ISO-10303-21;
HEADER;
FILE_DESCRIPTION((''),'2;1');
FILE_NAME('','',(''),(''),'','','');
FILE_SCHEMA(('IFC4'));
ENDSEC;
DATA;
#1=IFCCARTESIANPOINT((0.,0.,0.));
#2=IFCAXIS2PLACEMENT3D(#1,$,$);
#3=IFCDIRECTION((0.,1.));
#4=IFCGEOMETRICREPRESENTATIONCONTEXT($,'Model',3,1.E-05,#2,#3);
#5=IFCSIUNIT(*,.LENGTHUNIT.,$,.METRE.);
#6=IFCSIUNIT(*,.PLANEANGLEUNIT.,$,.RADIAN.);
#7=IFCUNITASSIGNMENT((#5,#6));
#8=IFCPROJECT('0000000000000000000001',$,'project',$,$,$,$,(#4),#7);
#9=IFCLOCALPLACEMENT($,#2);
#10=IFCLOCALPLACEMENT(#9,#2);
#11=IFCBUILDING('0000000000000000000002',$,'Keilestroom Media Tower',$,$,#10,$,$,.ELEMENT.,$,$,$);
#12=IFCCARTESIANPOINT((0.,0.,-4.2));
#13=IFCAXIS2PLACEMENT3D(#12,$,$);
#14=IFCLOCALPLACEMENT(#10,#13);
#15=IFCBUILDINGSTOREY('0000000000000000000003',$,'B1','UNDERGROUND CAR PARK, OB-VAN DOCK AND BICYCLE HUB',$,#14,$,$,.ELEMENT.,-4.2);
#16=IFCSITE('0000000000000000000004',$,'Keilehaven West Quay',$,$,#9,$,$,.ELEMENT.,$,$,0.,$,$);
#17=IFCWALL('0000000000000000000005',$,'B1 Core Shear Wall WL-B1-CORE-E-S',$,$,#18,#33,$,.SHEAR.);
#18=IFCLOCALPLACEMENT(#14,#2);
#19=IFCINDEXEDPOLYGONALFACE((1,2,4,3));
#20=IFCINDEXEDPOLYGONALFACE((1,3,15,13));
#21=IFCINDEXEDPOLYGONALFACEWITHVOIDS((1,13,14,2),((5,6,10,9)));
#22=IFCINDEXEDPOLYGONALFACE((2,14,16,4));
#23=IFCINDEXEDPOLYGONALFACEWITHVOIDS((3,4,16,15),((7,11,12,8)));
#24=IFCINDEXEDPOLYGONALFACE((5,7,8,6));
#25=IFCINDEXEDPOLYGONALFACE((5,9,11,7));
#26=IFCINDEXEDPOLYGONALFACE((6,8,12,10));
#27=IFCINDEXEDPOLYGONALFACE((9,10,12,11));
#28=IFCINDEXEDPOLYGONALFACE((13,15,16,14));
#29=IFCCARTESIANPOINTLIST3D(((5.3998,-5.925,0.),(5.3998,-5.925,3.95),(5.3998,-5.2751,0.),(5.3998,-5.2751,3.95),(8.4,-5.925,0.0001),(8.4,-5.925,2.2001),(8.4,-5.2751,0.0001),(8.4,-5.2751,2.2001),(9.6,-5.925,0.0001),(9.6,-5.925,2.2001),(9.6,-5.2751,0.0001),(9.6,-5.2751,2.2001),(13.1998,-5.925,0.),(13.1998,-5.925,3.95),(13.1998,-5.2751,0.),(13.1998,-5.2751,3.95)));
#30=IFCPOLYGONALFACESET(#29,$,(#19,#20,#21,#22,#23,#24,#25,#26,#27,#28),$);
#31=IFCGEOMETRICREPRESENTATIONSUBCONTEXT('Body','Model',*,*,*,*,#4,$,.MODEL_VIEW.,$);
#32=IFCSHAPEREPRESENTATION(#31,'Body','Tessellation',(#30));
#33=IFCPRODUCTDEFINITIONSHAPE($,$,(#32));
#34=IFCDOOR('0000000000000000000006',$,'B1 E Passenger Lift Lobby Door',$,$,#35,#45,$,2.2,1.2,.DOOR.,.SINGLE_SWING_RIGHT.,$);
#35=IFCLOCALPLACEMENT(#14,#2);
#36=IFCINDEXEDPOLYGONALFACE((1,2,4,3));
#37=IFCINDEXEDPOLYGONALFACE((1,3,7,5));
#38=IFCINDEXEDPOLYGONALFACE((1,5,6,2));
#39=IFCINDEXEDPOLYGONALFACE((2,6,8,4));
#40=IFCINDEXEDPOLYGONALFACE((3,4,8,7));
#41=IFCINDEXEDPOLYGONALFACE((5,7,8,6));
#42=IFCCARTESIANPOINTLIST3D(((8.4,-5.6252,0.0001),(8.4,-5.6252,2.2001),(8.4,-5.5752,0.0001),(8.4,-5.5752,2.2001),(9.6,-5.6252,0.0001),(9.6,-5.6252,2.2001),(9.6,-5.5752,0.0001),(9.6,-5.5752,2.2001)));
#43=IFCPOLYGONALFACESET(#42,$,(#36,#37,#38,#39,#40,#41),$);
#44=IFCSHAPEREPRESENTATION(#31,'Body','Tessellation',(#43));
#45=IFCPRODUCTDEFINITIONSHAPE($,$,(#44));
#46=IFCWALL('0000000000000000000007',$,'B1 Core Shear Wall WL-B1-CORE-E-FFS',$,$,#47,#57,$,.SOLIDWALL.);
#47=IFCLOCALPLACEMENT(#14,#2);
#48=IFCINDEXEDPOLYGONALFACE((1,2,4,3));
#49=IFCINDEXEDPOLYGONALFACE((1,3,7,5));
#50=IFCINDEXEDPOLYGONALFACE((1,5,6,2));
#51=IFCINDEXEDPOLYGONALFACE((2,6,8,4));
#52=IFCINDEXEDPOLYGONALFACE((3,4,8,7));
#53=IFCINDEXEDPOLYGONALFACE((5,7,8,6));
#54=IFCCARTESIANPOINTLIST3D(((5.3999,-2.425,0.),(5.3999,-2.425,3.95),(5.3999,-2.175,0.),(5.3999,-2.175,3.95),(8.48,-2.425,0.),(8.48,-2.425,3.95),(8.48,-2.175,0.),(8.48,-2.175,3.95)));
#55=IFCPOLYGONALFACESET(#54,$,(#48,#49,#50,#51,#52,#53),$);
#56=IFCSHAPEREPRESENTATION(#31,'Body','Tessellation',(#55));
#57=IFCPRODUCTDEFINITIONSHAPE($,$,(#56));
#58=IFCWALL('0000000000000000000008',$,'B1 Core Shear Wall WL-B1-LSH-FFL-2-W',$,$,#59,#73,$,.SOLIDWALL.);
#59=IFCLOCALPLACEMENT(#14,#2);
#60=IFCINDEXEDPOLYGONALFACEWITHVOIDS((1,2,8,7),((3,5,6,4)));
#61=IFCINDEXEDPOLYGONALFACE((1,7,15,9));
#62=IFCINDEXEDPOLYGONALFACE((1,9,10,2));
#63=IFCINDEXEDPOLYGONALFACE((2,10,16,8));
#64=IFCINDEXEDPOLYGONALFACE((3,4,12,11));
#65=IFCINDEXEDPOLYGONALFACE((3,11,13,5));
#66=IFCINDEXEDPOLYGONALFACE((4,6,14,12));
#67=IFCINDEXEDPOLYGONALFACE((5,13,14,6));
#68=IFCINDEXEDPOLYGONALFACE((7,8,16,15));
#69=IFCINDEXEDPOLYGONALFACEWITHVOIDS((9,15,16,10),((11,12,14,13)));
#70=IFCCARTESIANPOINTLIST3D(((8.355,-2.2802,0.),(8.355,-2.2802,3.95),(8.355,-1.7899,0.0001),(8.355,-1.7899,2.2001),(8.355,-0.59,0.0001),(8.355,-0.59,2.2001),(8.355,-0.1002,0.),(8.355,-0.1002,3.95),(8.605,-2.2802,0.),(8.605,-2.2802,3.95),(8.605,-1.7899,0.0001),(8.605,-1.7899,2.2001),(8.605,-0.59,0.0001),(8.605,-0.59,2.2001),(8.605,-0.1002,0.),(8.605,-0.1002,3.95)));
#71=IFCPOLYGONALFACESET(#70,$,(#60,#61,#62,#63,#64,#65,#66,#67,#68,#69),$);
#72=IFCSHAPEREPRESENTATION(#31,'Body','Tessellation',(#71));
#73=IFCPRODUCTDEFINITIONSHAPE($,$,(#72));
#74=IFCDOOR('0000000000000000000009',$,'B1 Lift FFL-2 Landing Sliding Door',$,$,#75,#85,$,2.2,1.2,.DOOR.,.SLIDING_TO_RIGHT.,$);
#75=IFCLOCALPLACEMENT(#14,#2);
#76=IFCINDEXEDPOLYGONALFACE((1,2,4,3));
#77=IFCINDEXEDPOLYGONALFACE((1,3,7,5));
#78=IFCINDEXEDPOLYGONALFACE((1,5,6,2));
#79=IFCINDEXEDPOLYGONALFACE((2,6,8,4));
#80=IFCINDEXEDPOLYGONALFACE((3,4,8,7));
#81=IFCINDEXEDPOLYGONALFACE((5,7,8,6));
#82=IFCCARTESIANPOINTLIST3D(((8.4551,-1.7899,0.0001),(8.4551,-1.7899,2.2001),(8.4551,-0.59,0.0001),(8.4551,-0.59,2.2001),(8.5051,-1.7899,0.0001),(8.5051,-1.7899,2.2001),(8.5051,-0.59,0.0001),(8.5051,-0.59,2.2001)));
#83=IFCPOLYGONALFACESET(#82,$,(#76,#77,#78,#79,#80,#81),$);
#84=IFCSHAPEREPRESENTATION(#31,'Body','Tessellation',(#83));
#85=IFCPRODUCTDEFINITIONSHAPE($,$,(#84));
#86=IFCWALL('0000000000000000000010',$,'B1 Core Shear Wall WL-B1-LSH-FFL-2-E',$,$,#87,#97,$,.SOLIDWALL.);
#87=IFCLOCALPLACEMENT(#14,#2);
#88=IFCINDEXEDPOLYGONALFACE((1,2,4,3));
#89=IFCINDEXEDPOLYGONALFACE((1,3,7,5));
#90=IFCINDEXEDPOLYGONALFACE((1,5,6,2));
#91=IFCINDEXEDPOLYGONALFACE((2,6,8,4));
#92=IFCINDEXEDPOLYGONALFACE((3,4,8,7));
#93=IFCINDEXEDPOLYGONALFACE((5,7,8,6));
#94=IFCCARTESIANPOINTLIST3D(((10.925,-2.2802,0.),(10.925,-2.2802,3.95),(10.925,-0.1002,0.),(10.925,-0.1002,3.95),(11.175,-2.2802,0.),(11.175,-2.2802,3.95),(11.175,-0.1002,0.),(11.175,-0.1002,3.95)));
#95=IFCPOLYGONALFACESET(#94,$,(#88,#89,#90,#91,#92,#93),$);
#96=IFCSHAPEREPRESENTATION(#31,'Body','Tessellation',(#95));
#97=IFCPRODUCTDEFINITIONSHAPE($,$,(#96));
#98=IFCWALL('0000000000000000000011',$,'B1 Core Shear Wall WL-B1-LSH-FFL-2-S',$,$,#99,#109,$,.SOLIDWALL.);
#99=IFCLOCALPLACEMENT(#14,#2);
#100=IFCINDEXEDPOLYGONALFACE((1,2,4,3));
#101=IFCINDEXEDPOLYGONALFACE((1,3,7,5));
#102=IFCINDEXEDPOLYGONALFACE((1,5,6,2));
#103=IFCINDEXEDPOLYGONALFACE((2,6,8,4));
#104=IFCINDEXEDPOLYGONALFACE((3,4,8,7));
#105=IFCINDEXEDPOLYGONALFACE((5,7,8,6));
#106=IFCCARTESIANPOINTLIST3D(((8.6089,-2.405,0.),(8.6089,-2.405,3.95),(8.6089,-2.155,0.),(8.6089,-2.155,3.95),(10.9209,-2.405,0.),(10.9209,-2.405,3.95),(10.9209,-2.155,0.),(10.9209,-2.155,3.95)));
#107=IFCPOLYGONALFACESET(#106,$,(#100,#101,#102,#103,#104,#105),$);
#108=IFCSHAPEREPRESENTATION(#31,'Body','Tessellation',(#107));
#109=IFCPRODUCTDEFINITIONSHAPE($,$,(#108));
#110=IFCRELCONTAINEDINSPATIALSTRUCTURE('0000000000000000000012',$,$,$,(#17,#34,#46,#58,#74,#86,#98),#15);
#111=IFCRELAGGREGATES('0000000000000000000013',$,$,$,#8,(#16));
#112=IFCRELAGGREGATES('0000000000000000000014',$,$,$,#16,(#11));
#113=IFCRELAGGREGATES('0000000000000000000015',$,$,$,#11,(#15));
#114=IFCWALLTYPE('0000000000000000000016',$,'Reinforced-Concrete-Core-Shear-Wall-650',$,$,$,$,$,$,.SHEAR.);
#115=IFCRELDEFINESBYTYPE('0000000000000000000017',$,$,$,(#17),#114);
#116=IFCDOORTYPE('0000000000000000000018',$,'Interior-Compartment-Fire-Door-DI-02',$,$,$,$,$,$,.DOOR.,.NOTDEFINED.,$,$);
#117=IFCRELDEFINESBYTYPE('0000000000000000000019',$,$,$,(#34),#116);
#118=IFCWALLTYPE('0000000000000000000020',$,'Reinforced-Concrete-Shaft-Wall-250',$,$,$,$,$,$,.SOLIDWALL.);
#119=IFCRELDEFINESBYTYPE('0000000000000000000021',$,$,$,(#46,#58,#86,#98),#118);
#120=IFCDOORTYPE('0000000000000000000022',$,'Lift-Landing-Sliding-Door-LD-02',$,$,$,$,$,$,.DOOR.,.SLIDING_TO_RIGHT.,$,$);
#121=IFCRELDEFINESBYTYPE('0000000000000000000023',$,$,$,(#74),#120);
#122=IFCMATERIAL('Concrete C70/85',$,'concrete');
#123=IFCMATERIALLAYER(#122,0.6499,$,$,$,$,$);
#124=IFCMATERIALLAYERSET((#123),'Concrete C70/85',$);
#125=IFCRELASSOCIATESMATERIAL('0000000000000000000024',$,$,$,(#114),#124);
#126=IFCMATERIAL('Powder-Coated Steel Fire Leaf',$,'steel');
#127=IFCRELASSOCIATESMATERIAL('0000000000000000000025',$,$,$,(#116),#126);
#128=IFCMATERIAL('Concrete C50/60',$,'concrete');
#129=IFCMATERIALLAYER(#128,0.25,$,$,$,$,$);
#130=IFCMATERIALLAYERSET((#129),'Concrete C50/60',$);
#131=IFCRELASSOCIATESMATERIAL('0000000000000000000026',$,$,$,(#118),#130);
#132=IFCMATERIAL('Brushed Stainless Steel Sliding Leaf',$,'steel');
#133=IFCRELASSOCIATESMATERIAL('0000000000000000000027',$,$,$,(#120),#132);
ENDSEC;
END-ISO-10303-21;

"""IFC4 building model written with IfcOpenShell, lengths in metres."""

from ifc_helpers import new_model, si_unit, direction, frame, frame_2d, origin, place, context, subcontext, project, spatial, rectangle, extrude, source, transform, mapped, material, layer, layer_set, type_object, element, fill, save


model = new_model("IFC4")

# Units and contexts
model_context = context("Model", 3, precision=1e-05, world=origin(), true_north=direction((0.0, 1.0)))
body_context = subcontext(model_context, "Body", "Model", "MODEL_VIEW")
ifc_project = project(units=[si_unit("LENGTHUNIT", "METRE"), si_unit("PLANEANGLEUNIT", "RADIAN")], contexts=[model_context])

# Site, building, storey
site_placement = place(None, origin())
site = spatial("IfcSite", under=ifc_project, at=site_placement, Name="Keilehaven West Quay", CompositionType="ELEMENT", RefElevation=0.0)
building_placement = place(site_placement, origin())
building = spatial("IfcBuilding", under=site, at=building_placement, Name="Keilestroom Media Tower", CompositionType="ELEMENT")
storey_placement = place(building_placement, frame((0.0, 0.0, -4.2)))
storey = spatial("IfcBuildingStorey", under=building, at=storey_placement, Name="B1", Description="UNDERGROUND CAR PARK, OB-VAN DOCK AND BICYCLE HUB", CompositionType="ELEMENT", Elevation=-4.2)

# Shared definitions
ifc_material_1 = material(Name="Concrete C70/85", Category="concrete")

# Shared definitions
ifc_layer_1 = layer(ifc_material_1, 0.6499)
ifc_layer_set_1 = layer_set([ifc_layer_1], Name="Concrete C70/85")
wall_type_1 = type_object("IfcWallType", Name="Reinforced-Concrete-Core-Shear-Wall-650", PredefinedType="SHEAR", material=ifc_layer_set_1)

# Wall, opening, door
ifc_material_2 = material(Name="Powder-Coated Steel Fire Leaf", Category="steel")
door_type_1 = type_object("IfcDoorType", Name="Interior-Compartment-Fire-Door-DI-02", OperationType="NOTDEFINED", PredefinedType="DOOR", material=ifc_material_2)
shared_shape_1 = source(origin(), body_context, "Body", "SweptSolid", [
    extrude(rectangle(XDim=1.2, YDim=2.2, at=frame_2d((0.6001, 1.1001))), frame((0.0, 0.0249, 0.0), z_axis=(0.0, -1.0, 0.0), x_axis=(1.0, 0.0, 0.0)), (0.0, 0.0, 1.0), 0.05),
])
wall_1_placement = place(storey_placement, frame((5.3999, -5.6001, 0.0), z_axis=(0.0, 0.0, 1.0), x_axis=(1.0, 0.0, 0.0)))
wall_1 = element("IfcWall", 1, at=wall_1_placement, inside=storey, type_object=wall_type_1, Name="B1 Core Shear Wall WL-B1-CORE-E-S", PredefinedType="SHEAR", context=body_context, shape_type="SweptSolid", body=[
    extrude(rectangle(XDim=7.8, YDim=0.6499, at=frame_2d((3.8999, 0.0))), origin(), (0.0, 0.0, 1.0), 3.95),
])
opening_1_placement = place(wall_1_placement, frame((3.0, 0.0, 0.0)))
opening_1 = element("IfcOpeningElement", 2, at=opening_1_placement, cuts=wall_1, PredefinedType="OPENING", context=body_context, shape_type="SweptSolid", body=[
    extrude(rectangle(XDim=1.2, YDim=2.2, at=frame_2d((0.6001, 1.1001))), frame((0.0, 0.335, 0.0), z_axis=(0.0, -1.0, 0.0), x_axis=(1.0, 0.0, 0.0)), (0.0, 0.0, 1.0), 0.6699),
])
door_1_placement = place(opening_1_placement, origin())
door_1 = element("IfcDoor", 3, at=door_1_placement, inside=storey, type_object=door_type_1, Name="B1 E Passenger Lift Lobby Door", OperationType="SINGLE_SWING_RIGHT", OverallHeight=2.2, OverallWidth=1.2, PredefinedType="DOOR", context=body_context, shape_type="MappedRepresentation", body=[
    mapped(shared_shape_1, transform((0.0, 0.0, 0.0), x_axis=(1.0, 0.0, 0.0), y_axis=(0.0, 1.0, 0.0), z_axis=(0.0, 0.0, 1.0), scale=1.0)),
])
fill(opening_1, door_1)

# Wall
ifc_material_3 = material(Name="Concrete C50/60", Category="concrete")
ifc_layer_2 = layer(ifc_material_3, 0.25)
ifc_layer_set_2 = layer_set([ifc_layer_2], Name="Concrete C50/60")
wall_type_2 = type_object("IfcWallType", Name="Reinforced-Concrete-Shaft-Wall-250", PredefinedType="SOLIDWALL", material=ifc_layer_set_2)
wall_2_placement = place(storey_placement, frame((5.3999, -2.3, 0.0), z_axis=(0.0, 0.0, 1.0), x_axis=(1.0, 0.0, 0.0)))
element("IfcWall", 4, at=wall_2_placement, inside=storey, type_object=wall_type_2, Name="B1 Core Shear Wall WL-B1-CORE-E-FFS", PredefinedType="SOLIDWALL", context=body_context, shape_type="SweptSolid", body=[
    extrude(rectangle(XDim=3.0801, YDim=0.25, at=frame_2d((1.54, 0.0))), origin(), (0.0, 0.0, 1.0), 3.95),
])

# Wall, opening, door
wall_3_placement = place(storey_placement, frame((8.48, -2.28, 0.0), z_axis=(0.0, 0.0, 1.0), x_axis=(0.0, 1.0, 0.0)))
wall_3 = element("IfcWall", 5, at=wall_3_placement, inside=storey, type_object=wall_type_2, Name="B1 Core Shear Wall WL-B1-LSH-FFL-2-W", PredefinedType="SOLIDWALL", context=body_context, shape_type="SweptSolid", body=[
    extrude(rectangle(XDim=2.1799, YDim=0.25, at=frame_2d((1.0898, 0.0))), origin(), (0.0, 0.0, 1.0), 3.95),
])
opening_2_placement = place(wall_3_placement, frame((0.49, 0.0, 0.0)))
opening_2 = element("IfcOpeningElement", 6, at=opening_2_placement, cuts=wall_3, PredefinedType="OPENING", context=body_context, shape_type="SweptSolid", body=[
    extrude(rectangle(XDim=1.2, YDim=2.2, at=frame_2d((0.6001, 1.1001))), frame((0.0, 0.135, 0.0), z_axis=(0.0, -1.0, 0.0), x_axis=(1.0, 0.0, 0.0)), (0.0, 0.0, 1.0), 0.27),
])
ifc_material_4 = material(Name="Brushed Stainless Steel Sliding Leaf", Category="steel")
door_type_2 = type_object("IfcDoorType", Name="Lift-Landing-Sliding-Door-LD-02", OperationType="SLIDING_TO_RIGHT", PredefinedType="DOOR", material=ifc_material_4)
door_2_placement = place(opening_2_placement, origin())
door_2 = element("IfcDoor", 7, at=door_2_placement, inside=storey, type_object=door_type_2, Name="B1 Lift FFL-2 Landing Sliding Door", OperationType="SLIDING_TO_RIGHT", OverallHeight=2.2, OverallWidth=1.2, PredefinedType="DOOR", context=body_context, shape_type="MappedRepresentation", body=[
    mapped(shared_shape_1, transform((0.0, 0.0, 0.0), x_axis=(1.0, 0.0, 0.0), y_axis=(0.0, 1.0, 0.0), z_axis=(0.0, 0.0, 1.0), scale=1.0)),
])
fill(opening_2, door_2)

# Walls
wall_4_placement = place(storey_placement, frame((11.05, -2.28, 0.0), z_axis=(0.0, 0.0, 1.0), x_axis=(0.0, 1.0, 0.0)))
element("IfcWall", 8, at=wall_4_placement, inside=storey, type_object=wall_type_2, Name="B1 Core Shear Wall WL-B1-LSH-FFL-2-E", PredefinedType="SOLIDWALL", context=body_context, shape_type="SweptSolid", body=[
    extrude(rectangle(XDim=2.1799, YDim=0.25, at=frame_2d((1.0898, 0.0))), origin(), (0.0, 0.0, 1.0), 3.95),
])
wall_5_placement = place(storey_placement, frame((8.6089, -2.28, 0.0), z_axis=(0.0, 0.0, 1.0), x_axis=(1.0, 0.0, 0.0)))
element("IfcWall", 9, at=wall_5_placement, inside=storey, type_object=wall_type_2, Name="B1 Core Shear Wall WL-B1-LSH-FFL-2-S", PredefinedType="SOLIDWALL", context=body_context, shape_type="SweptSolid", body=[
    extrude(rectangle(XDim=2.312, YDim=0.25, at=frame_2d((1.156, 0.0))), origin(), (0.0, 0.0, 1.0), 3.95),
])

save(model, "model.ifc")
